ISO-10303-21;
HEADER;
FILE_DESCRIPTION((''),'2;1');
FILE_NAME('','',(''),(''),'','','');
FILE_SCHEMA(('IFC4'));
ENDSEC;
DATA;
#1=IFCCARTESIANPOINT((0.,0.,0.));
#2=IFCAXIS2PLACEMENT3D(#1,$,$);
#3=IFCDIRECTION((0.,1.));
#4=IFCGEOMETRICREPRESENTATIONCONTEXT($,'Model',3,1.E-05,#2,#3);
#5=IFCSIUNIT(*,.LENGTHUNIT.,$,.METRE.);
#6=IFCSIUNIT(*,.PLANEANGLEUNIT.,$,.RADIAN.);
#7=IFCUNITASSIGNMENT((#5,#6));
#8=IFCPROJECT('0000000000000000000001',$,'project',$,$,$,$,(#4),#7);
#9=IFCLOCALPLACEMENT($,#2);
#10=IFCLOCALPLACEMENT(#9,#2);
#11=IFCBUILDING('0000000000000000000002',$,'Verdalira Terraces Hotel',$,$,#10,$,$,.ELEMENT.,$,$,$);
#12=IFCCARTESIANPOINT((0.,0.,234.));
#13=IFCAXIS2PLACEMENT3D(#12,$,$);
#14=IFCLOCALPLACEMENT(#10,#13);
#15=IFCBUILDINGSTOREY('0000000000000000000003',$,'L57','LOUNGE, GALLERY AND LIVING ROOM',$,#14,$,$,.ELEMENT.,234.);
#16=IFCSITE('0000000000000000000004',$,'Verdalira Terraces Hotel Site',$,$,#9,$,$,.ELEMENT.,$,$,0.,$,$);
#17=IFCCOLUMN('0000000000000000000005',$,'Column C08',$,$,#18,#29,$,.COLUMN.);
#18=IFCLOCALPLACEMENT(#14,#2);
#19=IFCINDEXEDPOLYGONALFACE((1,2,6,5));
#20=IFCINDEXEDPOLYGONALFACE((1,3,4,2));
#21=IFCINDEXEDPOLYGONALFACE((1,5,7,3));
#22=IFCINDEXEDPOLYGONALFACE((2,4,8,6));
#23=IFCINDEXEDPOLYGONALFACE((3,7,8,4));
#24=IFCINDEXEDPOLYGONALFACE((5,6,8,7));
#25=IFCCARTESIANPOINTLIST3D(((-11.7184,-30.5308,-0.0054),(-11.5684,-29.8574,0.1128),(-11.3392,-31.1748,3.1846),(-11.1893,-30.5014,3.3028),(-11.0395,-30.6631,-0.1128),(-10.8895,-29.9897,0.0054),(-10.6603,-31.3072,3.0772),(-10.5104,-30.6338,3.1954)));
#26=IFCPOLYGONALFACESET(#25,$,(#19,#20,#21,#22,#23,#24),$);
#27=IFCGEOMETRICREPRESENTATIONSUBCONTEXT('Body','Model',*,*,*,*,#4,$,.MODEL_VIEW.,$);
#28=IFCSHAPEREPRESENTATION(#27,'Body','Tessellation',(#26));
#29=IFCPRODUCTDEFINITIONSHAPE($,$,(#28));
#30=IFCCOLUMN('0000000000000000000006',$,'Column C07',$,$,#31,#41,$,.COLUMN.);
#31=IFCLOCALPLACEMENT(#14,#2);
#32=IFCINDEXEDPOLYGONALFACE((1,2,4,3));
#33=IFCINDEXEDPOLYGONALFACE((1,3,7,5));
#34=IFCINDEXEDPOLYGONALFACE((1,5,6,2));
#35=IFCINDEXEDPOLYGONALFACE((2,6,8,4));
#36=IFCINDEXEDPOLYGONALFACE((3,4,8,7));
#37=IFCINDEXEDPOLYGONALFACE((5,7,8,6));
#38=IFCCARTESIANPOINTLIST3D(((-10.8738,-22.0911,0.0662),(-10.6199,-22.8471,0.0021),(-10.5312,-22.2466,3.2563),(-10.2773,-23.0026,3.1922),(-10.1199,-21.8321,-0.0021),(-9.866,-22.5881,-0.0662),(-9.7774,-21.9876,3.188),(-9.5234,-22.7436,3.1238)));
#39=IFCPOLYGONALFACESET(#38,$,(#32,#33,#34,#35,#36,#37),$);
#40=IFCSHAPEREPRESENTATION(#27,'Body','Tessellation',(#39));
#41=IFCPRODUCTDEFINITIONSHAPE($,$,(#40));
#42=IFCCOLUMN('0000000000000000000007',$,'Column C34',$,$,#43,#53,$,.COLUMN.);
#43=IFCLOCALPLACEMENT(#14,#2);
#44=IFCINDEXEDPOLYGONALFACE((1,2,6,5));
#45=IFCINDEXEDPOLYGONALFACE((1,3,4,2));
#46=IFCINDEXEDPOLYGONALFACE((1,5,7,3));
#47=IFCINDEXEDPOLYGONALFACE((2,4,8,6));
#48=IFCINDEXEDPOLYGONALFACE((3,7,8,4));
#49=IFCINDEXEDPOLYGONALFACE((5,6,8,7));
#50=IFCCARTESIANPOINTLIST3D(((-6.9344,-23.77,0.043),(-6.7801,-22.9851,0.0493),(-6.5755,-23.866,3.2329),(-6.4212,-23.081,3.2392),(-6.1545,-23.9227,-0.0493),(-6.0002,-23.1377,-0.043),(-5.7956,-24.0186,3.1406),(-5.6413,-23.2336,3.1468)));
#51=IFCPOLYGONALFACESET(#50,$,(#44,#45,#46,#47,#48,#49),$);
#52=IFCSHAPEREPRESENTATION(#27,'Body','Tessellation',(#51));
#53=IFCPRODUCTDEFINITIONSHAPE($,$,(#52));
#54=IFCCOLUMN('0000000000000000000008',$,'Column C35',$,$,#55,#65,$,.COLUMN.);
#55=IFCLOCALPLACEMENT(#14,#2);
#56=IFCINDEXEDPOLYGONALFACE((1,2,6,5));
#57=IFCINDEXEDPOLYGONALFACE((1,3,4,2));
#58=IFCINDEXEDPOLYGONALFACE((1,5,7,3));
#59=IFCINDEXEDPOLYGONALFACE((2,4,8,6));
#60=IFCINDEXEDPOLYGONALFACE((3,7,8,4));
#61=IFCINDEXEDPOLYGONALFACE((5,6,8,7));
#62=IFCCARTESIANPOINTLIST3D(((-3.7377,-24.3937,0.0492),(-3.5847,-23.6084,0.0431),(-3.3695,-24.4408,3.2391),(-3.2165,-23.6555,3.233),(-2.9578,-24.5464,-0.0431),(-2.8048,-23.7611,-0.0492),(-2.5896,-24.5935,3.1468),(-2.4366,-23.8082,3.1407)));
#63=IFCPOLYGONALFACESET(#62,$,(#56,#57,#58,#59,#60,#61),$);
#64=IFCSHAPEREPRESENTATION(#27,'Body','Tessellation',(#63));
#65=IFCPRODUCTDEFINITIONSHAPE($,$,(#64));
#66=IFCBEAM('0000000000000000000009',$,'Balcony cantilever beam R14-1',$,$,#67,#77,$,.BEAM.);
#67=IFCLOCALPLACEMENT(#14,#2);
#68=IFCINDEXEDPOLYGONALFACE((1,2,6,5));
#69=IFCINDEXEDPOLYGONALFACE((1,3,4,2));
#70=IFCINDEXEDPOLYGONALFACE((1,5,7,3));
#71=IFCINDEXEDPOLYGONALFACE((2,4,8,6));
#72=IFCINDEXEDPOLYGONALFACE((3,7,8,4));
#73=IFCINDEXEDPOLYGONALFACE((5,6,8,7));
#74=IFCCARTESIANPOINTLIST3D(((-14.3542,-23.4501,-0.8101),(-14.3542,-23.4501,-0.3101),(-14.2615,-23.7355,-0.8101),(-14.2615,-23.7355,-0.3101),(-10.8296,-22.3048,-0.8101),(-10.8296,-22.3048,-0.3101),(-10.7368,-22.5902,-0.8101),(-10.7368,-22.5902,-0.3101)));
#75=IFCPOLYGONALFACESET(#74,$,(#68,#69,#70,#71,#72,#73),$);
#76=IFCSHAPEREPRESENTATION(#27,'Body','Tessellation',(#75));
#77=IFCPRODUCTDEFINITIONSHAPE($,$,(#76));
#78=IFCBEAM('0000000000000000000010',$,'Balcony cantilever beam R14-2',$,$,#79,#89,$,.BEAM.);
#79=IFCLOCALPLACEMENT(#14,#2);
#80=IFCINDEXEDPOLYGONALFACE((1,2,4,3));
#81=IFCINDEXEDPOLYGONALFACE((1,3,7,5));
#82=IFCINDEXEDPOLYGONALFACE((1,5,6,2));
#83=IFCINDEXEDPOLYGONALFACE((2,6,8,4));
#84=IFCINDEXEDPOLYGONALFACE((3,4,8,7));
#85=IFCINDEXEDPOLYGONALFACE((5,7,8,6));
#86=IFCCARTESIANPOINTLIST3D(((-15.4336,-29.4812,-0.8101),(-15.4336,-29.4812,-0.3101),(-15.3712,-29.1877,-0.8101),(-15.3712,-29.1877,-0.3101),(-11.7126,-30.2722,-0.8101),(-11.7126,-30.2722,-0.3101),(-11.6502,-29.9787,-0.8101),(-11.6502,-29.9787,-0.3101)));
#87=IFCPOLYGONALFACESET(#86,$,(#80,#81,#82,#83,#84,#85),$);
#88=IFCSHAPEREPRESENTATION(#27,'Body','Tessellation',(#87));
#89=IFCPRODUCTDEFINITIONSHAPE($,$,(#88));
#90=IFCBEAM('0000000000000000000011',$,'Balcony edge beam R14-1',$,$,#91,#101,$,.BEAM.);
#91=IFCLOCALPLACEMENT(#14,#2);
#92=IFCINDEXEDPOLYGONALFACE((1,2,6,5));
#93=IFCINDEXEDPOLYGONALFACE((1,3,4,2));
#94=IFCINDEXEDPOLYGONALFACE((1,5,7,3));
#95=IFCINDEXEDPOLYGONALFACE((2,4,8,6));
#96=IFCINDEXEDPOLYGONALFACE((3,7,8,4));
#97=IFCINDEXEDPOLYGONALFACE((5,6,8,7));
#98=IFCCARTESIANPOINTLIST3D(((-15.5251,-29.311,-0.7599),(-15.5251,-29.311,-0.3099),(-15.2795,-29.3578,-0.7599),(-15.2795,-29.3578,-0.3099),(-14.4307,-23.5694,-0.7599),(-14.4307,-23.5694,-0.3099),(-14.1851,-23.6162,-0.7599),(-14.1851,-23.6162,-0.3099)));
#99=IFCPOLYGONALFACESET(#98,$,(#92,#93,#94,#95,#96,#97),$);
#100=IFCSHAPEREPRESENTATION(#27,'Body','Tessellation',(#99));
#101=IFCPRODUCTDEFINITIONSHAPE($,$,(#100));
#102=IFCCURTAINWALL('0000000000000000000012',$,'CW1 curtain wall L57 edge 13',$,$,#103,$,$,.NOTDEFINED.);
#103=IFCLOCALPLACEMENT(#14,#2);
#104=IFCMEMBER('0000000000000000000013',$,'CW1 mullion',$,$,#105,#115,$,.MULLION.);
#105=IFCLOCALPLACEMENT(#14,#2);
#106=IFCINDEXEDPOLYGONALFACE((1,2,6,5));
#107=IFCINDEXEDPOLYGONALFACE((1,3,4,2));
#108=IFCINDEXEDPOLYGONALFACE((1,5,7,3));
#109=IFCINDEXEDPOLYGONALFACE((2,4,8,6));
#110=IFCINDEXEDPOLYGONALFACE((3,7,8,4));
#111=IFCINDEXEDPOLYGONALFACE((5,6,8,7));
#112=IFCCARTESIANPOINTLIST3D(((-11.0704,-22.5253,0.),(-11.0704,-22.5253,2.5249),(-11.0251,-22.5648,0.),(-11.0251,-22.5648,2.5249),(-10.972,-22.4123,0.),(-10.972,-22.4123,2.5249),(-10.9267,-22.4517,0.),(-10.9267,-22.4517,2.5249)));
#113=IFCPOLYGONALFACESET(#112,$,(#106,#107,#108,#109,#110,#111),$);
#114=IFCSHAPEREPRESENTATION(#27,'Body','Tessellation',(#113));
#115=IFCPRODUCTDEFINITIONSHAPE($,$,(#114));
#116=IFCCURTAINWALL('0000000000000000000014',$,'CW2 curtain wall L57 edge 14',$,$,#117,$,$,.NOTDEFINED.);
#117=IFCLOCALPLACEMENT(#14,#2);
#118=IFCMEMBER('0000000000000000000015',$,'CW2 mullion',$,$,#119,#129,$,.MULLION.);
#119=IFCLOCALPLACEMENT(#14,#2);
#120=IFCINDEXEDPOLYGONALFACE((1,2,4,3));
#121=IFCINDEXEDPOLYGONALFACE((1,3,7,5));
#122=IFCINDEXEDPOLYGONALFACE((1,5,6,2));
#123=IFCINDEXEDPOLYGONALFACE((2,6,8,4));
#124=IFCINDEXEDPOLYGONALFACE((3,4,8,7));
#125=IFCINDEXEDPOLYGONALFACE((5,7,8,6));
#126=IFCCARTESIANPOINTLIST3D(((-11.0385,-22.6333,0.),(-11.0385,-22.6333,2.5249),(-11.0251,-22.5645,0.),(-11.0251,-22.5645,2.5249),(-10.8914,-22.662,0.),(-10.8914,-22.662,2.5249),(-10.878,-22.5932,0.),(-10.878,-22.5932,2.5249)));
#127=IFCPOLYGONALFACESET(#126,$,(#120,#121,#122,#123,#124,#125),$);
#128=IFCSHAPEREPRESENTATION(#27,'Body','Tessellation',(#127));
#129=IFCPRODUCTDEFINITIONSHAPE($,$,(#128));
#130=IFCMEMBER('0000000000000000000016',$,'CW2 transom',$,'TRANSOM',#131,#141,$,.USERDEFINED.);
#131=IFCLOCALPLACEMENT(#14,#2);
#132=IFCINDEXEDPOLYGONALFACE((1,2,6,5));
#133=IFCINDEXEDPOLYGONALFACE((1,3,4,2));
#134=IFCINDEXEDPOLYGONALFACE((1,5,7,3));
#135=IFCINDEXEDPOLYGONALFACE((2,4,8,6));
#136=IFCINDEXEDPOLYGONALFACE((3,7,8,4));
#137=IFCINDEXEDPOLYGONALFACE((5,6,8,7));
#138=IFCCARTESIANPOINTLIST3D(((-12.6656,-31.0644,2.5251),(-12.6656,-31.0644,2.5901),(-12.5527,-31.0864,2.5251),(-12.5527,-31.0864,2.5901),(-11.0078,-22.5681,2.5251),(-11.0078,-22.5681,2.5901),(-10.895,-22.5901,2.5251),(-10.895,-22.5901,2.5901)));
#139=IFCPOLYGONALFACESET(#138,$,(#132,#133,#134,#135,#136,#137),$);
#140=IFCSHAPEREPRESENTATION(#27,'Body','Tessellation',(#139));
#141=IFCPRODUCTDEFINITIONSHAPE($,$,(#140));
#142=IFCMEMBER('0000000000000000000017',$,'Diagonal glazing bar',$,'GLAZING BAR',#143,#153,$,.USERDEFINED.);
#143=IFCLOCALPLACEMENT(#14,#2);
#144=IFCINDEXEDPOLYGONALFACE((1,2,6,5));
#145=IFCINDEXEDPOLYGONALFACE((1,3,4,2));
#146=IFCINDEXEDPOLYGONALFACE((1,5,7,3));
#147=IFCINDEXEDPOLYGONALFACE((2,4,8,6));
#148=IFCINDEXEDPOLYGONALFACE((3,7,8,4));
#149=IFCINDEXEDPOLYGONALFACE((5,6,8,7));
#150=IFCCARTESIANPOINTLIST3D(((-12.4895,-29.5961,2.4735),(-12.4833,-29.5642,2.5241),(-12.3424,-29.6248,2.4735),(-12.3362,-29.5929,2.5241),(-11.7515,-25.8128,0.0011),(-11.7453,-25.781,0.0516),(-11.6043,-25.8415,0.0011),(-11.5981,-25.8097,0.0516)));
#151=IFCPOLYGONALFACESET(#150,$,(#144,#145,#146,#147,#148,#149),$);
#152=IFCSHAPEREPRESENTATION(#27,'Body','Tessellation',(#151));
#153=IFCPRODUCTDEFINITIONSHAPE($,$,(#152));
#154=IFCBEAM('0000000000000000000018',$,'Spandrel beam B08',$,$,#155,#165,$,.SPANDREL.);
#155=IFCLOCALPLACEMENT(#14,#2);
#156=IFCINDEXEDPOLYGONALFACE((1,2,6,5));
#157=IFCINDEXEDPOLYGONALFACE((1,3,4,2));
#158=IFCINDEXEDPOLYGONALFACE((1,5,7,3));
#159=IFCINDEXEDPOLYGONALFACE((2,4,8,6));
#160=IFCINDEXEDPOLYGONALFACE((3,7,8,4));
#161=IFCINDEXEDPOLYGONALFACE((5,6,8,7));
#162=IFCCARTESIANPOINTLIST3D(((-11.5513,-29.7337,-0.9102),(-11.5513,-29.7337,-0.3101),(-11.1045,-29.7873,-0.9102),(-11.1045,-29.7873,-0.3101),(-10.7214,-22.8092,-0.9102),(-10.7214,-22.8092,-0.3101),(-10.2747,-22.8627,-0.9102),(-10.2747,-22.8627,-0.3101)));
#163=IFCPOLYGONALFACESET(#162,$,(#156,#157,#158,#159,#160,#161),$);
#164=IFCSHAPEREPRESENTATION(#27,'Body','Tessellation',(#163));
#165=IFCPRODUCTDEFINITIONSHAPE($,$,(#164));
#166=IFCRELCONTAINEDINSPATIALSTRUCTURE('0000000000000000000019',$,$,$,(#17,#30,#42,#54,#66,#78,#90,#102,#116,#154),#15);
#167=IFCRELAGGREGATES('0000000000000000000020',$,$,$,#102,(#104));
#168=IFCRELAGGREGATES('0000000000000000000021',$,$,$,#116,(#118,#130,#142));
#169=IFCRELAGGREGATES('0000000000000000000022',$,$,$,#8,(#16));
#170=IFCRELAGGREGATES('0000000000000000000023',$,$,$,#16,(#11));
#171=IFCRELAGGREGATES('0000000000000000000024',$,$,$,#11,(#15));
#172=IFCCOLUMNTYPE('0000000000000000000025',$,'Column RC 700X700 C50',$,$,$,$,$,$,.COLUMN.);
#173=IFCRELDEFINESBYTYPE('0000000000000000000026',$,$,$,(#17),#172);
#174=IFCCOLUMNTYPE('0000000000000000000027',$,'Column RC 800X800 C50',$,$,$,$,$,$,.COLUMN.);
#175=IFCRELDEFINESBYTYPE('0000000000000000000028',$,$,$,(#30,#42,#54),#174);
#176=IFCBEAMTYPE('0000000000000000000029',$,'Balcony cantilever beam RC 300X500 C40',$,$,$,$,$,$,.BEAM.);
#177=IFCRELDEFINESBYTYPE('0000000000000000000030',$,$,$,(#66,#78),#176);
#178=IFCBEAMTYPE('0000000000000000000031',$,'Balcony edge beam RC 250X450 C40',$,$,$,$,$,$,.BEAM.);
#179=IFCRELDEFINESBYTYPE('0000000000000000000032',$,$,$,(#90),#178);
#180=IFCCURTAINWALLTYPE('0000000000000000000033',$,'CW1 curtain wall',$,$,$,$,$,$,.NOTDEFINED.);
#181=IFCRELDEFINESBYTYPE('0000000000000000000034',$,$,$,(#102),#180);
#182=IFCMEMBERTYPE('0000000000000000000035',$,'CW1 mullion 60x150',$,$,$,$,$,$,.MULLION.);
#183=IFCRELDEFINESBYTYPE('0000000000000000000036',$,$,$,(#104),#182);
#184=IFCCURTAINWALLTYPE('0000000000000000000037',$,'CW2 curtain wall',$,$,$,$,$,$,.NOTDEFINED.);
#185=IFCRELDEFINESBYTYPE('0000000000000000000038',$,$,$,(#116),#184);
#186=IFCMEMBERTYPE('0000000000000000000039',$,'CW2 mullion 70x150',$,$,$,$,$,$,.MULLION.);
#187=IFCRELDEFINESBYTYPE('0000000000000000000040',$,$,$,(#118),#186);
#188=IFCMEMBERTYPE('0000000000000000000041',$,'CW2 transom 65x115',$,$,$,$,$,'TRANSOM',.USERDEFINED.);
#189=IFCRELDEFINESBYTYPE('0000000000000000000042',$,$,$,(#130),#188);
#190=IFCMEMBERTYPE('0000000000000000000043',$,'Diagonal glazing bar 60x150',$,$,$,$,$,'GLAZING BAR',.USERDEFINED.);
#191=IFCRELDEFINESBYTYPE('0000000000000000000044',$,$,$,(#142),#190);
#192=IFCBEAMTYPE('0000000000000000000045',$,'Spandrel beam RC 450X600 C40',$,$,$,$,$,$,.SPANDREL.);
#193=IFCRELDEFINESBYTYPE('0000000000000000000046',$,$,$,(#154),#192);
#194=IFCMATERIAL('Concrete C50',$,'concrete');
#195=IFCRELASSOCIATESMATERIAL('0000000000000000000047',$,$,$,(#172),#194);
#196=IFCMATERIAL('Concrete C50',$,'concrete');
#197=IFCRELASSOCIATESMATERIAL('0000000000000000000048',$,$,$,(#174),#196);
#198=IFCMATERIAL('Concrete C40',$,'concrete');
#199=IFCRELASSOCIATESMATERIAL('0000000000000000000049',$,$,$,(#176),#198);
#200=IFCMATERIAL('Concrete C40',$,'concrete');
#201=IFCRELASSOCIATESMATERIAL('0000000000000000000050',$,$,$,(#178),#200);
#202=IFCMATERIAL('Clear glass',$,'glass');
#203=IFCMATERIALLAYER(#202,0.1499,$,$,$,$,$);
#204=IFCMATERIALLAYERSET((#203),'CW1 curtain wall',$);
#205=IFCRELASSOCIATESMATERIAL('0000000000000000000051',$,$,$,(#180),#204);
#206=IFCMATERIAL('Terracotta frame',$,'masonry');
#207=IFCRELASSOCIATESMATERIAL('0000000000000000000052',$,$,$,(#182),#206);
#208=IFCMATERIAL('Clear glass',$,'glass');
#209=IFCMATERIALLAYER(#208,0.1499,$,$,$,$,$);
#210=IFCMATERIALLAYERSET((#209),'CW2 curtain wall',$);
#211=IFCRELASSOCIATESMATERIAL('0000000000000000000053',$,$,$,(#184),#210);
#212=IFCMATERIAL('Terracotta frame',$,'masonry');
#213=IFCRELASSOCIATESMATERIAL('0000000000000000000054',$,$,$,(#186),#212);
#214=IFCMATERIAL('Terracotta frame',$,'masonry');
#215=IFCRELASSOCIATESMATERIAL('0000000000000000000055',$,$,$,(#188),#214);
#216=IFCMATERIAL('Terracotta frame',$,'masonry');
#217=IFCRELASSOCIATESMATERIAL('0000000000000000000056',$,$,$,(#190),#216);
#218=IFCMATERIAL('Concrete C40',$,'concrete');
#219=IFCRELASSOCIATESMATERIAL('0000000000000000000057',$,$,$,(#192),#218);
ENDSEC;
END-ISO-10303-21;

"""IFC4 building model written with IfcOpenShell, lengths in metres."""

from ifc_helpers import new_model, si_unit, direction, frame, origin, origin_2d, place, context, subcontext, project, spatial, rectangle, extrude, material, layer, layer_set, material_profile, profile_set, type_object, element, aggregate, save


model = new_model("IFC4")

# Units and contexts
model_context = context("Model", 3, precision=1e-05, world=origin(), true_north=direction((0.0, 1.0)))
body_context = subcontext(model_context, "Body", "Model", "MODEL_VIEW")
ifc_project = project(units=[si_unit("LENGTHUNIT", "METRE"), si_unit("PLANEANGLEUNIT", "RADIAN")], contexts=[model_context])

# Site, building, storey
site_placement = place(None, origin())
site = spatial("IfcSite", under=ifc_project, at=site_placement, Name="Verdalira Terraces Hotel Site", CompositionType="ELEMENT", RefElevation=0.0)
building_placement = place(site_placement, origin())
building = spatial("IfcBuilding", under=site, at=building_placement, Name="Verdalira Terraces Hotel", CompositionType="ELEMENT")
storey_placement = place(building_placement, frame((0.0, 0.0, 234.0)))
storey = spatial("IfcBuildingStorey", under=building, at=storey_placement, Name="L57", Description="LOUNGE, GALLERY AND LIVING ROOM", CompositionType="ELEMENT", Elevation=234.0)

# Columns
ifc_material_1 = material(Name="Concrete C50", Category="concrete")
ifc_material_profile_1 = material_profile(ifc_material_1, rectangle(XDim=0.7, YDim=0.7, at=origin_2d()), Name="RC 700X700")
ifc_profile_set_1 = profile_set([ifc_material_profile_1], Name="Concrete C50")
column_type_1 = type_object("IfcColumnType", Name="Column RC 700X700 C50", PredefinedType="COLUMN", material=ifc_profile_set_1)
column_1_placement = place(storey_placement, frame((-11.304, -30.2603, 0.0), z_axis=(0.115724, -0.196575, 0.973635), x_axis=(-0.214236, -0.96209, -0.16878)))
element("IfcColumn", 1, at=column_1_placement, inside=storey, type_object=column_type_1, Name="Column C08", PredefinedType="COLUMN", context=body_context, shape_type="SweptSolid", body=[
    extrude(rectangle(XDim=0.7, YDim=0.7, at=origin_2d()), origin(), (0.0, 0.0, 1.0), 3.2764),
])
ifc_material_2 = material(Name="Concrete C50", Category="concrete")
ifc_material_profile_2 = material_profile(ifc_material_2, rectangle(XDim=0.8, YDim=0.8, at=origin_2d()), Name="RC 800X800")
ifc_profile_set_2 = profile_set([ifc_material_profile_2], Name="Concrete C50")
column_type_2 = type_object("IfcColumnType", Name="Column RC 800X800 C50", PredefinedType="COLUMN", material=ifc_profile_set_2)
column_2_placement = place(storey_placement, frame((-10.3699, -22.3396, 0.0), z_axis=(0.106639, -0.048417, 0.993118), x_axis=(-0.317376, 0.944907, 0.080146)))
element("IfcColumn", 2, at=column_2_placement, inside=storey, type_object=column_type_2, Name="Column C07", PredefinedType="COLUMN", context=body_context, shape_type="SweptSolid", body=[
    extrude(rectangle(XDim=0.8, YDim=0.8, at=origin_2d()), origin(), (0.0, 0.0, 1.0), 3.2122),
])
for number, where, z_axis, x_axis, name in (
    (3, (-6.4673, -23.4539, 0.0), (0.11175, -0.029876, 0.993287), (-0.19292, -0.981183, -0.007807), "Column C34"),
    (4, (-3.2712, -24.0774, 0.0), (0.114641, -0.014672, 0.993299), (-0.191247, -0.981513, 0.007575), "Column C35"),
):
    element("IfcColumn", number, at=place(storey_placement, frame(where, z_axis=z_axis, x_axis=x_axis)), inside=storey, type_object=column_type_2, Name=name, PredefinedType="COLUMN", context=body_context, shape_type="SweptSolid", body=[
        extrude(rectangle(XDim=0.8, YDim=0.8, at=origin_2d()), origin(), (0.0, 0.0, 1.0), 3.2114),
    ])

# Beams
ifc_material_3 = material(Name="Concrete C40", Category="concrete")
ifc_material_profile_3 = material_profile(ifc_material_3, rectangle(XDim=0.3, YDim=0.5, at=origin_2d()), Name="RC 300X500")
ifc_profile_set_3 = profile_set([ifc_material_profile_3], Name="Concrete C40")
beam_type_1 = type_object("IfcBeamType", Name="Balcony cantilever beam RC 300X500 C40", PredefinedType="BEAM", material=ifc_profile_set_3)
beam_1_placement = place(storey_placement, frame((-10.7832, -22.4475, -0.5601), z_axis=(-0.951054, -0.309025, 0.0), x_axis=(0.309025, -0.951054, 0.0)))
element("IfcBeam", 5, at=beam_1_placement, inside=storey, type_object=beam_type_1, Name="Balcony cantilever beam R14-1", PredefinedType="BEAM", context=body_context, shape_type="SweptSolid", body=[
    extrude(rectangle(XDim=0.3, YDim=0.5, at=origin_2d()), origin(), (0.0, 0.0, 1.0), 3.7061),
])
beam_2_placement = place(storey_placement, frame((-11.6814, -30.1255, -0.5601), z_axis=(-0.978142, 0.207938, 0.0), x_axis=(-0.207938, -0.978142, 0.0)))
element("IfcBeam", 6, at=beam_2_placement, inside=storey, type_object=beam_type_1, Name="Balcony cantilever beam R14-2", PredefinedType="BEAM", context=body_context, shape_type="SweptSolid", body=[
    extrude(rectangle(XDim=0.3, YDim=0.5, at=origin_2d()), origin(), (0.0, 0.0, 1.0), 3.8042),
])
ifc_material_4 = material(Name="Concrete C40", Category="concrete")
ifc_material_profile_4 = material_profile(ifc_material_4, rectangle(XDim=0.25, YDim=0.45, at=origin_2d()), Name="RC 250X450")
ifc_profile_set_4 = profile_set([ifc_material_profile_4], Name="Concrete C40")
beam_type_2 = type_object("IfcBeamType", Name="Balcony edge beam RC 250X450 C40", PredefinedType="BEAM", material=ifc_profile_set_4)
beam_3_placement = place(storey_placement, frame((-14.3079, -23.5928, -0.5349), z_axis=(-0.187248, -0.982313, 0.0), x_axis=(0.982313, -0.187248, 0.0)))
element("IfcBeam", 7, at=beam_3_placement, inside=storey, type_object=beam_type_2, Name="Balcony edge beam R14-1", PredefinedType="BEAM", context=body_context, shape_type="SweptSolid", body=[
    extrude(rectangle(XDim=0.25, YDim=0.45, at=origin_2d()), origin(), (0.0, 0.0, 1.0), 5.845),
])

# Curtain wall, member
ifc_material_5 = material(Name="Clear glass", Category="glass")
ifc_layer_1 = layer(ifc_material_5, 0.1499)
ifc_layer_set_1 = layer_set([ifc_layer_1], Name="CW1 curtain wall")
curtain_wall_type_1 = type_object("IfcCurtainWallType", Name="CW1 curtain wall", PredefinedType="NOTDEFINED", material=ifc_layer_set_1)
curtain_wall_1_placement = place(storey_placement, origin())
curtain_wall_1 = element("IfcCurtainWall", 8, at=curtain_wall_1_placement, inside=storey, type_object=curtain_wall_type_1, Name="CW1 curtain wall L57 edge 13", PredefinedType="NOTDEFINED")
ifc_material_6 = material(Name="Terracotta frame", Category="masonry")
ifc_material_profile_5 = material_profile(ifc_material_6, rectangle(XDim=0.0601, YDim=0.1499, at=origin_2d()), Name="MU 60x150")
ifc_profile_set_5 = profile_set([ifc_material_profile_5], Name="Terracotta frame")
member_type_1 = type_object("IfcMemberType", Name="CW1 mullion 60x150", PredefinedType="MULLION", material=ifc_profile_set_5)
member_1_placement = place(storey_placement, frame((-10.9985, -22.4885, 0.0), z_axis=(0.0, 0.0, 1.0), x_axis=(0.754251, -0.656586, 0.0)))
member_1 = element("IfcMember", 9, at=member_1_placement, type_object=member_type_1, Name="CW1 mullion", PredefinedType="MULLION", context=body_context, shape_type="SweptSolid", body=[
    extrude(rectangle(XDim=0.0601, YDim=0.1499, at=origin_2d()), origin(), (0.0, 0.0, 1.0), 2.5249),
])

# Curtain wall, members
ifc_material_7 = material(Name="Clear glass", Category="glass")
ifc_layer_2 = layer(ifc_material_7, 0.1499)
ifc_layer_set_2 = layer_set([ifc_layer_2], Name="CW2 curtain wall")
curtain_wall_type_2 = type_object("IfcCurtainWallType", Name="CW2 curtain wall", PredefinedType="NOTDEFINED", material=ifc_layer_set_2)
curtain_wall_2_placement = place(storey_placement, origin())
curtain_wall_2 = element("IfcCurtainWall", 10, at=curtain_wall_2_placement, inside=storey, type_object=curtain_wall_type_2, Name="CW2 curtain wall L57 edge 14", PredefinedType="NOTDEFINED")
ifc_material_8 = material(Name="Terracotta frame", Category="masonry")
ifc_material_profile_6 = material_profile(ifc_material_8, rectangle(XDim=0.0701, YDim=0.1499, at=origin_2d()), Name="MU 70x150")
ifc_profile_set_6 = profile_set([ifc_material_profile_6], Name="Terracotta frame")
member_type_2 = type_object("IfcMemberType", Name="CW2 mullion 70x150", PredefinedType="MULLION", material=ifc_profile_set_6)
member_2_placement = place(storey_placement, frame((-10.9583, -22.6133, 0.0), z_axis=(0.0, 0.0, 1.0), x_axis=(-0.191494, -0.981494, 0.0)))
member_2 = element("IfcMember", 11, at=member_2_placement, type_object=member_type_2, Name="CW2 mullion", PredefinedType="MULLION", context=body_context, shape_type="SweptSolid", body=[
    extrude(rectangle(XDim=0.0701, YDim=0.1499, at=origin_2d()), origin(), (0.0, 0.0, 1.0), 2.5249),
])
ifc_material_9 = material(Name="Terracotta frame", Category="masonry")
ifc_material_profile_7 = material_profile(ifc_material_9, rectangle(XDim=0.115, YDim=0.0649, at=origin_2d()), Name="TR 65x115")
ifc_profile_set_7 = profile_set([ifc_material_profile_7], Name="Terracotta frame")
member_type_3 = type_object("IfcMemberType", Name="CW2 transom 65x115", ElementType="TRANSOM", PredefinedType="USERDEFINED", material=ifc_profile_set_7)
member_3_placement = place(storey_placement, frame((-10.9514, -22.5791, 2.5576), z_axis=(-0.191498, -0.981493, 0.0), x_axis=(0.981493, -0.191498, 0.0)))
member_3 = element("IfcMember", 12, at=member_3_placement, type_object=member_type_3, Name="CW2 transom", ObjectType="TRANSOM", PredefinedType="USERDEFINED", context=body_context, shape_type="SweptSolid", body=[
    extrude(rectangle(XDim=0.115, YDim=0.0649, at=origin_2d()), origin(), (0.0, 0.0, 1.0), 8.6565),
])
ifc_material_10 = material(Name="Terracotta frame", Category="masonry")
ifc_material_profile_8 = material_profile(ifc_material_10, rectangle(XDim=0.1499, YDim=0.0601, at=origin_2d()), Name="GB 60x150")
ifc_profile_set_8 = profile_set([ifc_material_profile_8], Name="Terracotta frame")
member_type_4 = type_object("IfcMemberType", Name="Diagonal glazing bar 60x150", ElementType="GLAZING BAR", PredefinedType="USERDEFINED", material=ifc_profile_set_8)
member_4_placement = place(storey_placement, frame((-11.6748, -25.8113, 0.0264), z_axis=(-0.161167, -0.82615, 0.539908), x_axis=(0.981498, -0.191473, 0.0)))
member_4 = element("IfcMember", 13, at=member_4_placement, type_object=member_type_4, Name="Diagonal glazing bar", ObjectType="GLAZING BAR", PredefinedType="USERDEFINED", context=body_context, shape_type="SweptSolid", body=[
    extrude(rectangle(XDim=0.1499, YDim=0.0601, at=origin_2d()), origin(), (0.0, 0.0, 1.0), 4.5793),
])

# Beam
ifc_material_11 = material(Name="Concrete C40", Category="concrete")
ifc_material_profile_9 = material_profile(ifc_material_11, rectangle(XDim=0.45, YDim=0.6001, at=origin_2d()), Name="RC 450X600")
ifc_profile_set_9 = profile_set([ifc_material_profile_9], Name="Concrete C40")
beam_type_3 = type_object("IfcBeamType", Name="Spandrel beam RC 450X600 C40", PredefinedType="SPANDREL", material=ifc_profile_set_9)
beam_4_placement = place(storey_placement, frame((-10.498, -22.8359, -0.6101), z_axis=(-0.118988, -0.992896, 0.0), x_axis=(0.992896, -0.118988, 0.0)))
element("IfcBeam", 14, at=beam_4_placement, inside=storey, type_object=beam_type_3, Name="Spandrel beam B08", PredefinedType="SPANDREL", context=body_context, shape_type="SweptSolid", body=[
    extrude(rectangle(XDim=0.45, YDim=0.6001, at=origin_2d()), origin(), (0.0, 0.0, 1.0), 6.9741),
])

aggregate(curtain_wall_1, [member_1])
aggregate(curtain_wall_2, [member_2, member_3, member_4])

save(model, "model.ifc")
